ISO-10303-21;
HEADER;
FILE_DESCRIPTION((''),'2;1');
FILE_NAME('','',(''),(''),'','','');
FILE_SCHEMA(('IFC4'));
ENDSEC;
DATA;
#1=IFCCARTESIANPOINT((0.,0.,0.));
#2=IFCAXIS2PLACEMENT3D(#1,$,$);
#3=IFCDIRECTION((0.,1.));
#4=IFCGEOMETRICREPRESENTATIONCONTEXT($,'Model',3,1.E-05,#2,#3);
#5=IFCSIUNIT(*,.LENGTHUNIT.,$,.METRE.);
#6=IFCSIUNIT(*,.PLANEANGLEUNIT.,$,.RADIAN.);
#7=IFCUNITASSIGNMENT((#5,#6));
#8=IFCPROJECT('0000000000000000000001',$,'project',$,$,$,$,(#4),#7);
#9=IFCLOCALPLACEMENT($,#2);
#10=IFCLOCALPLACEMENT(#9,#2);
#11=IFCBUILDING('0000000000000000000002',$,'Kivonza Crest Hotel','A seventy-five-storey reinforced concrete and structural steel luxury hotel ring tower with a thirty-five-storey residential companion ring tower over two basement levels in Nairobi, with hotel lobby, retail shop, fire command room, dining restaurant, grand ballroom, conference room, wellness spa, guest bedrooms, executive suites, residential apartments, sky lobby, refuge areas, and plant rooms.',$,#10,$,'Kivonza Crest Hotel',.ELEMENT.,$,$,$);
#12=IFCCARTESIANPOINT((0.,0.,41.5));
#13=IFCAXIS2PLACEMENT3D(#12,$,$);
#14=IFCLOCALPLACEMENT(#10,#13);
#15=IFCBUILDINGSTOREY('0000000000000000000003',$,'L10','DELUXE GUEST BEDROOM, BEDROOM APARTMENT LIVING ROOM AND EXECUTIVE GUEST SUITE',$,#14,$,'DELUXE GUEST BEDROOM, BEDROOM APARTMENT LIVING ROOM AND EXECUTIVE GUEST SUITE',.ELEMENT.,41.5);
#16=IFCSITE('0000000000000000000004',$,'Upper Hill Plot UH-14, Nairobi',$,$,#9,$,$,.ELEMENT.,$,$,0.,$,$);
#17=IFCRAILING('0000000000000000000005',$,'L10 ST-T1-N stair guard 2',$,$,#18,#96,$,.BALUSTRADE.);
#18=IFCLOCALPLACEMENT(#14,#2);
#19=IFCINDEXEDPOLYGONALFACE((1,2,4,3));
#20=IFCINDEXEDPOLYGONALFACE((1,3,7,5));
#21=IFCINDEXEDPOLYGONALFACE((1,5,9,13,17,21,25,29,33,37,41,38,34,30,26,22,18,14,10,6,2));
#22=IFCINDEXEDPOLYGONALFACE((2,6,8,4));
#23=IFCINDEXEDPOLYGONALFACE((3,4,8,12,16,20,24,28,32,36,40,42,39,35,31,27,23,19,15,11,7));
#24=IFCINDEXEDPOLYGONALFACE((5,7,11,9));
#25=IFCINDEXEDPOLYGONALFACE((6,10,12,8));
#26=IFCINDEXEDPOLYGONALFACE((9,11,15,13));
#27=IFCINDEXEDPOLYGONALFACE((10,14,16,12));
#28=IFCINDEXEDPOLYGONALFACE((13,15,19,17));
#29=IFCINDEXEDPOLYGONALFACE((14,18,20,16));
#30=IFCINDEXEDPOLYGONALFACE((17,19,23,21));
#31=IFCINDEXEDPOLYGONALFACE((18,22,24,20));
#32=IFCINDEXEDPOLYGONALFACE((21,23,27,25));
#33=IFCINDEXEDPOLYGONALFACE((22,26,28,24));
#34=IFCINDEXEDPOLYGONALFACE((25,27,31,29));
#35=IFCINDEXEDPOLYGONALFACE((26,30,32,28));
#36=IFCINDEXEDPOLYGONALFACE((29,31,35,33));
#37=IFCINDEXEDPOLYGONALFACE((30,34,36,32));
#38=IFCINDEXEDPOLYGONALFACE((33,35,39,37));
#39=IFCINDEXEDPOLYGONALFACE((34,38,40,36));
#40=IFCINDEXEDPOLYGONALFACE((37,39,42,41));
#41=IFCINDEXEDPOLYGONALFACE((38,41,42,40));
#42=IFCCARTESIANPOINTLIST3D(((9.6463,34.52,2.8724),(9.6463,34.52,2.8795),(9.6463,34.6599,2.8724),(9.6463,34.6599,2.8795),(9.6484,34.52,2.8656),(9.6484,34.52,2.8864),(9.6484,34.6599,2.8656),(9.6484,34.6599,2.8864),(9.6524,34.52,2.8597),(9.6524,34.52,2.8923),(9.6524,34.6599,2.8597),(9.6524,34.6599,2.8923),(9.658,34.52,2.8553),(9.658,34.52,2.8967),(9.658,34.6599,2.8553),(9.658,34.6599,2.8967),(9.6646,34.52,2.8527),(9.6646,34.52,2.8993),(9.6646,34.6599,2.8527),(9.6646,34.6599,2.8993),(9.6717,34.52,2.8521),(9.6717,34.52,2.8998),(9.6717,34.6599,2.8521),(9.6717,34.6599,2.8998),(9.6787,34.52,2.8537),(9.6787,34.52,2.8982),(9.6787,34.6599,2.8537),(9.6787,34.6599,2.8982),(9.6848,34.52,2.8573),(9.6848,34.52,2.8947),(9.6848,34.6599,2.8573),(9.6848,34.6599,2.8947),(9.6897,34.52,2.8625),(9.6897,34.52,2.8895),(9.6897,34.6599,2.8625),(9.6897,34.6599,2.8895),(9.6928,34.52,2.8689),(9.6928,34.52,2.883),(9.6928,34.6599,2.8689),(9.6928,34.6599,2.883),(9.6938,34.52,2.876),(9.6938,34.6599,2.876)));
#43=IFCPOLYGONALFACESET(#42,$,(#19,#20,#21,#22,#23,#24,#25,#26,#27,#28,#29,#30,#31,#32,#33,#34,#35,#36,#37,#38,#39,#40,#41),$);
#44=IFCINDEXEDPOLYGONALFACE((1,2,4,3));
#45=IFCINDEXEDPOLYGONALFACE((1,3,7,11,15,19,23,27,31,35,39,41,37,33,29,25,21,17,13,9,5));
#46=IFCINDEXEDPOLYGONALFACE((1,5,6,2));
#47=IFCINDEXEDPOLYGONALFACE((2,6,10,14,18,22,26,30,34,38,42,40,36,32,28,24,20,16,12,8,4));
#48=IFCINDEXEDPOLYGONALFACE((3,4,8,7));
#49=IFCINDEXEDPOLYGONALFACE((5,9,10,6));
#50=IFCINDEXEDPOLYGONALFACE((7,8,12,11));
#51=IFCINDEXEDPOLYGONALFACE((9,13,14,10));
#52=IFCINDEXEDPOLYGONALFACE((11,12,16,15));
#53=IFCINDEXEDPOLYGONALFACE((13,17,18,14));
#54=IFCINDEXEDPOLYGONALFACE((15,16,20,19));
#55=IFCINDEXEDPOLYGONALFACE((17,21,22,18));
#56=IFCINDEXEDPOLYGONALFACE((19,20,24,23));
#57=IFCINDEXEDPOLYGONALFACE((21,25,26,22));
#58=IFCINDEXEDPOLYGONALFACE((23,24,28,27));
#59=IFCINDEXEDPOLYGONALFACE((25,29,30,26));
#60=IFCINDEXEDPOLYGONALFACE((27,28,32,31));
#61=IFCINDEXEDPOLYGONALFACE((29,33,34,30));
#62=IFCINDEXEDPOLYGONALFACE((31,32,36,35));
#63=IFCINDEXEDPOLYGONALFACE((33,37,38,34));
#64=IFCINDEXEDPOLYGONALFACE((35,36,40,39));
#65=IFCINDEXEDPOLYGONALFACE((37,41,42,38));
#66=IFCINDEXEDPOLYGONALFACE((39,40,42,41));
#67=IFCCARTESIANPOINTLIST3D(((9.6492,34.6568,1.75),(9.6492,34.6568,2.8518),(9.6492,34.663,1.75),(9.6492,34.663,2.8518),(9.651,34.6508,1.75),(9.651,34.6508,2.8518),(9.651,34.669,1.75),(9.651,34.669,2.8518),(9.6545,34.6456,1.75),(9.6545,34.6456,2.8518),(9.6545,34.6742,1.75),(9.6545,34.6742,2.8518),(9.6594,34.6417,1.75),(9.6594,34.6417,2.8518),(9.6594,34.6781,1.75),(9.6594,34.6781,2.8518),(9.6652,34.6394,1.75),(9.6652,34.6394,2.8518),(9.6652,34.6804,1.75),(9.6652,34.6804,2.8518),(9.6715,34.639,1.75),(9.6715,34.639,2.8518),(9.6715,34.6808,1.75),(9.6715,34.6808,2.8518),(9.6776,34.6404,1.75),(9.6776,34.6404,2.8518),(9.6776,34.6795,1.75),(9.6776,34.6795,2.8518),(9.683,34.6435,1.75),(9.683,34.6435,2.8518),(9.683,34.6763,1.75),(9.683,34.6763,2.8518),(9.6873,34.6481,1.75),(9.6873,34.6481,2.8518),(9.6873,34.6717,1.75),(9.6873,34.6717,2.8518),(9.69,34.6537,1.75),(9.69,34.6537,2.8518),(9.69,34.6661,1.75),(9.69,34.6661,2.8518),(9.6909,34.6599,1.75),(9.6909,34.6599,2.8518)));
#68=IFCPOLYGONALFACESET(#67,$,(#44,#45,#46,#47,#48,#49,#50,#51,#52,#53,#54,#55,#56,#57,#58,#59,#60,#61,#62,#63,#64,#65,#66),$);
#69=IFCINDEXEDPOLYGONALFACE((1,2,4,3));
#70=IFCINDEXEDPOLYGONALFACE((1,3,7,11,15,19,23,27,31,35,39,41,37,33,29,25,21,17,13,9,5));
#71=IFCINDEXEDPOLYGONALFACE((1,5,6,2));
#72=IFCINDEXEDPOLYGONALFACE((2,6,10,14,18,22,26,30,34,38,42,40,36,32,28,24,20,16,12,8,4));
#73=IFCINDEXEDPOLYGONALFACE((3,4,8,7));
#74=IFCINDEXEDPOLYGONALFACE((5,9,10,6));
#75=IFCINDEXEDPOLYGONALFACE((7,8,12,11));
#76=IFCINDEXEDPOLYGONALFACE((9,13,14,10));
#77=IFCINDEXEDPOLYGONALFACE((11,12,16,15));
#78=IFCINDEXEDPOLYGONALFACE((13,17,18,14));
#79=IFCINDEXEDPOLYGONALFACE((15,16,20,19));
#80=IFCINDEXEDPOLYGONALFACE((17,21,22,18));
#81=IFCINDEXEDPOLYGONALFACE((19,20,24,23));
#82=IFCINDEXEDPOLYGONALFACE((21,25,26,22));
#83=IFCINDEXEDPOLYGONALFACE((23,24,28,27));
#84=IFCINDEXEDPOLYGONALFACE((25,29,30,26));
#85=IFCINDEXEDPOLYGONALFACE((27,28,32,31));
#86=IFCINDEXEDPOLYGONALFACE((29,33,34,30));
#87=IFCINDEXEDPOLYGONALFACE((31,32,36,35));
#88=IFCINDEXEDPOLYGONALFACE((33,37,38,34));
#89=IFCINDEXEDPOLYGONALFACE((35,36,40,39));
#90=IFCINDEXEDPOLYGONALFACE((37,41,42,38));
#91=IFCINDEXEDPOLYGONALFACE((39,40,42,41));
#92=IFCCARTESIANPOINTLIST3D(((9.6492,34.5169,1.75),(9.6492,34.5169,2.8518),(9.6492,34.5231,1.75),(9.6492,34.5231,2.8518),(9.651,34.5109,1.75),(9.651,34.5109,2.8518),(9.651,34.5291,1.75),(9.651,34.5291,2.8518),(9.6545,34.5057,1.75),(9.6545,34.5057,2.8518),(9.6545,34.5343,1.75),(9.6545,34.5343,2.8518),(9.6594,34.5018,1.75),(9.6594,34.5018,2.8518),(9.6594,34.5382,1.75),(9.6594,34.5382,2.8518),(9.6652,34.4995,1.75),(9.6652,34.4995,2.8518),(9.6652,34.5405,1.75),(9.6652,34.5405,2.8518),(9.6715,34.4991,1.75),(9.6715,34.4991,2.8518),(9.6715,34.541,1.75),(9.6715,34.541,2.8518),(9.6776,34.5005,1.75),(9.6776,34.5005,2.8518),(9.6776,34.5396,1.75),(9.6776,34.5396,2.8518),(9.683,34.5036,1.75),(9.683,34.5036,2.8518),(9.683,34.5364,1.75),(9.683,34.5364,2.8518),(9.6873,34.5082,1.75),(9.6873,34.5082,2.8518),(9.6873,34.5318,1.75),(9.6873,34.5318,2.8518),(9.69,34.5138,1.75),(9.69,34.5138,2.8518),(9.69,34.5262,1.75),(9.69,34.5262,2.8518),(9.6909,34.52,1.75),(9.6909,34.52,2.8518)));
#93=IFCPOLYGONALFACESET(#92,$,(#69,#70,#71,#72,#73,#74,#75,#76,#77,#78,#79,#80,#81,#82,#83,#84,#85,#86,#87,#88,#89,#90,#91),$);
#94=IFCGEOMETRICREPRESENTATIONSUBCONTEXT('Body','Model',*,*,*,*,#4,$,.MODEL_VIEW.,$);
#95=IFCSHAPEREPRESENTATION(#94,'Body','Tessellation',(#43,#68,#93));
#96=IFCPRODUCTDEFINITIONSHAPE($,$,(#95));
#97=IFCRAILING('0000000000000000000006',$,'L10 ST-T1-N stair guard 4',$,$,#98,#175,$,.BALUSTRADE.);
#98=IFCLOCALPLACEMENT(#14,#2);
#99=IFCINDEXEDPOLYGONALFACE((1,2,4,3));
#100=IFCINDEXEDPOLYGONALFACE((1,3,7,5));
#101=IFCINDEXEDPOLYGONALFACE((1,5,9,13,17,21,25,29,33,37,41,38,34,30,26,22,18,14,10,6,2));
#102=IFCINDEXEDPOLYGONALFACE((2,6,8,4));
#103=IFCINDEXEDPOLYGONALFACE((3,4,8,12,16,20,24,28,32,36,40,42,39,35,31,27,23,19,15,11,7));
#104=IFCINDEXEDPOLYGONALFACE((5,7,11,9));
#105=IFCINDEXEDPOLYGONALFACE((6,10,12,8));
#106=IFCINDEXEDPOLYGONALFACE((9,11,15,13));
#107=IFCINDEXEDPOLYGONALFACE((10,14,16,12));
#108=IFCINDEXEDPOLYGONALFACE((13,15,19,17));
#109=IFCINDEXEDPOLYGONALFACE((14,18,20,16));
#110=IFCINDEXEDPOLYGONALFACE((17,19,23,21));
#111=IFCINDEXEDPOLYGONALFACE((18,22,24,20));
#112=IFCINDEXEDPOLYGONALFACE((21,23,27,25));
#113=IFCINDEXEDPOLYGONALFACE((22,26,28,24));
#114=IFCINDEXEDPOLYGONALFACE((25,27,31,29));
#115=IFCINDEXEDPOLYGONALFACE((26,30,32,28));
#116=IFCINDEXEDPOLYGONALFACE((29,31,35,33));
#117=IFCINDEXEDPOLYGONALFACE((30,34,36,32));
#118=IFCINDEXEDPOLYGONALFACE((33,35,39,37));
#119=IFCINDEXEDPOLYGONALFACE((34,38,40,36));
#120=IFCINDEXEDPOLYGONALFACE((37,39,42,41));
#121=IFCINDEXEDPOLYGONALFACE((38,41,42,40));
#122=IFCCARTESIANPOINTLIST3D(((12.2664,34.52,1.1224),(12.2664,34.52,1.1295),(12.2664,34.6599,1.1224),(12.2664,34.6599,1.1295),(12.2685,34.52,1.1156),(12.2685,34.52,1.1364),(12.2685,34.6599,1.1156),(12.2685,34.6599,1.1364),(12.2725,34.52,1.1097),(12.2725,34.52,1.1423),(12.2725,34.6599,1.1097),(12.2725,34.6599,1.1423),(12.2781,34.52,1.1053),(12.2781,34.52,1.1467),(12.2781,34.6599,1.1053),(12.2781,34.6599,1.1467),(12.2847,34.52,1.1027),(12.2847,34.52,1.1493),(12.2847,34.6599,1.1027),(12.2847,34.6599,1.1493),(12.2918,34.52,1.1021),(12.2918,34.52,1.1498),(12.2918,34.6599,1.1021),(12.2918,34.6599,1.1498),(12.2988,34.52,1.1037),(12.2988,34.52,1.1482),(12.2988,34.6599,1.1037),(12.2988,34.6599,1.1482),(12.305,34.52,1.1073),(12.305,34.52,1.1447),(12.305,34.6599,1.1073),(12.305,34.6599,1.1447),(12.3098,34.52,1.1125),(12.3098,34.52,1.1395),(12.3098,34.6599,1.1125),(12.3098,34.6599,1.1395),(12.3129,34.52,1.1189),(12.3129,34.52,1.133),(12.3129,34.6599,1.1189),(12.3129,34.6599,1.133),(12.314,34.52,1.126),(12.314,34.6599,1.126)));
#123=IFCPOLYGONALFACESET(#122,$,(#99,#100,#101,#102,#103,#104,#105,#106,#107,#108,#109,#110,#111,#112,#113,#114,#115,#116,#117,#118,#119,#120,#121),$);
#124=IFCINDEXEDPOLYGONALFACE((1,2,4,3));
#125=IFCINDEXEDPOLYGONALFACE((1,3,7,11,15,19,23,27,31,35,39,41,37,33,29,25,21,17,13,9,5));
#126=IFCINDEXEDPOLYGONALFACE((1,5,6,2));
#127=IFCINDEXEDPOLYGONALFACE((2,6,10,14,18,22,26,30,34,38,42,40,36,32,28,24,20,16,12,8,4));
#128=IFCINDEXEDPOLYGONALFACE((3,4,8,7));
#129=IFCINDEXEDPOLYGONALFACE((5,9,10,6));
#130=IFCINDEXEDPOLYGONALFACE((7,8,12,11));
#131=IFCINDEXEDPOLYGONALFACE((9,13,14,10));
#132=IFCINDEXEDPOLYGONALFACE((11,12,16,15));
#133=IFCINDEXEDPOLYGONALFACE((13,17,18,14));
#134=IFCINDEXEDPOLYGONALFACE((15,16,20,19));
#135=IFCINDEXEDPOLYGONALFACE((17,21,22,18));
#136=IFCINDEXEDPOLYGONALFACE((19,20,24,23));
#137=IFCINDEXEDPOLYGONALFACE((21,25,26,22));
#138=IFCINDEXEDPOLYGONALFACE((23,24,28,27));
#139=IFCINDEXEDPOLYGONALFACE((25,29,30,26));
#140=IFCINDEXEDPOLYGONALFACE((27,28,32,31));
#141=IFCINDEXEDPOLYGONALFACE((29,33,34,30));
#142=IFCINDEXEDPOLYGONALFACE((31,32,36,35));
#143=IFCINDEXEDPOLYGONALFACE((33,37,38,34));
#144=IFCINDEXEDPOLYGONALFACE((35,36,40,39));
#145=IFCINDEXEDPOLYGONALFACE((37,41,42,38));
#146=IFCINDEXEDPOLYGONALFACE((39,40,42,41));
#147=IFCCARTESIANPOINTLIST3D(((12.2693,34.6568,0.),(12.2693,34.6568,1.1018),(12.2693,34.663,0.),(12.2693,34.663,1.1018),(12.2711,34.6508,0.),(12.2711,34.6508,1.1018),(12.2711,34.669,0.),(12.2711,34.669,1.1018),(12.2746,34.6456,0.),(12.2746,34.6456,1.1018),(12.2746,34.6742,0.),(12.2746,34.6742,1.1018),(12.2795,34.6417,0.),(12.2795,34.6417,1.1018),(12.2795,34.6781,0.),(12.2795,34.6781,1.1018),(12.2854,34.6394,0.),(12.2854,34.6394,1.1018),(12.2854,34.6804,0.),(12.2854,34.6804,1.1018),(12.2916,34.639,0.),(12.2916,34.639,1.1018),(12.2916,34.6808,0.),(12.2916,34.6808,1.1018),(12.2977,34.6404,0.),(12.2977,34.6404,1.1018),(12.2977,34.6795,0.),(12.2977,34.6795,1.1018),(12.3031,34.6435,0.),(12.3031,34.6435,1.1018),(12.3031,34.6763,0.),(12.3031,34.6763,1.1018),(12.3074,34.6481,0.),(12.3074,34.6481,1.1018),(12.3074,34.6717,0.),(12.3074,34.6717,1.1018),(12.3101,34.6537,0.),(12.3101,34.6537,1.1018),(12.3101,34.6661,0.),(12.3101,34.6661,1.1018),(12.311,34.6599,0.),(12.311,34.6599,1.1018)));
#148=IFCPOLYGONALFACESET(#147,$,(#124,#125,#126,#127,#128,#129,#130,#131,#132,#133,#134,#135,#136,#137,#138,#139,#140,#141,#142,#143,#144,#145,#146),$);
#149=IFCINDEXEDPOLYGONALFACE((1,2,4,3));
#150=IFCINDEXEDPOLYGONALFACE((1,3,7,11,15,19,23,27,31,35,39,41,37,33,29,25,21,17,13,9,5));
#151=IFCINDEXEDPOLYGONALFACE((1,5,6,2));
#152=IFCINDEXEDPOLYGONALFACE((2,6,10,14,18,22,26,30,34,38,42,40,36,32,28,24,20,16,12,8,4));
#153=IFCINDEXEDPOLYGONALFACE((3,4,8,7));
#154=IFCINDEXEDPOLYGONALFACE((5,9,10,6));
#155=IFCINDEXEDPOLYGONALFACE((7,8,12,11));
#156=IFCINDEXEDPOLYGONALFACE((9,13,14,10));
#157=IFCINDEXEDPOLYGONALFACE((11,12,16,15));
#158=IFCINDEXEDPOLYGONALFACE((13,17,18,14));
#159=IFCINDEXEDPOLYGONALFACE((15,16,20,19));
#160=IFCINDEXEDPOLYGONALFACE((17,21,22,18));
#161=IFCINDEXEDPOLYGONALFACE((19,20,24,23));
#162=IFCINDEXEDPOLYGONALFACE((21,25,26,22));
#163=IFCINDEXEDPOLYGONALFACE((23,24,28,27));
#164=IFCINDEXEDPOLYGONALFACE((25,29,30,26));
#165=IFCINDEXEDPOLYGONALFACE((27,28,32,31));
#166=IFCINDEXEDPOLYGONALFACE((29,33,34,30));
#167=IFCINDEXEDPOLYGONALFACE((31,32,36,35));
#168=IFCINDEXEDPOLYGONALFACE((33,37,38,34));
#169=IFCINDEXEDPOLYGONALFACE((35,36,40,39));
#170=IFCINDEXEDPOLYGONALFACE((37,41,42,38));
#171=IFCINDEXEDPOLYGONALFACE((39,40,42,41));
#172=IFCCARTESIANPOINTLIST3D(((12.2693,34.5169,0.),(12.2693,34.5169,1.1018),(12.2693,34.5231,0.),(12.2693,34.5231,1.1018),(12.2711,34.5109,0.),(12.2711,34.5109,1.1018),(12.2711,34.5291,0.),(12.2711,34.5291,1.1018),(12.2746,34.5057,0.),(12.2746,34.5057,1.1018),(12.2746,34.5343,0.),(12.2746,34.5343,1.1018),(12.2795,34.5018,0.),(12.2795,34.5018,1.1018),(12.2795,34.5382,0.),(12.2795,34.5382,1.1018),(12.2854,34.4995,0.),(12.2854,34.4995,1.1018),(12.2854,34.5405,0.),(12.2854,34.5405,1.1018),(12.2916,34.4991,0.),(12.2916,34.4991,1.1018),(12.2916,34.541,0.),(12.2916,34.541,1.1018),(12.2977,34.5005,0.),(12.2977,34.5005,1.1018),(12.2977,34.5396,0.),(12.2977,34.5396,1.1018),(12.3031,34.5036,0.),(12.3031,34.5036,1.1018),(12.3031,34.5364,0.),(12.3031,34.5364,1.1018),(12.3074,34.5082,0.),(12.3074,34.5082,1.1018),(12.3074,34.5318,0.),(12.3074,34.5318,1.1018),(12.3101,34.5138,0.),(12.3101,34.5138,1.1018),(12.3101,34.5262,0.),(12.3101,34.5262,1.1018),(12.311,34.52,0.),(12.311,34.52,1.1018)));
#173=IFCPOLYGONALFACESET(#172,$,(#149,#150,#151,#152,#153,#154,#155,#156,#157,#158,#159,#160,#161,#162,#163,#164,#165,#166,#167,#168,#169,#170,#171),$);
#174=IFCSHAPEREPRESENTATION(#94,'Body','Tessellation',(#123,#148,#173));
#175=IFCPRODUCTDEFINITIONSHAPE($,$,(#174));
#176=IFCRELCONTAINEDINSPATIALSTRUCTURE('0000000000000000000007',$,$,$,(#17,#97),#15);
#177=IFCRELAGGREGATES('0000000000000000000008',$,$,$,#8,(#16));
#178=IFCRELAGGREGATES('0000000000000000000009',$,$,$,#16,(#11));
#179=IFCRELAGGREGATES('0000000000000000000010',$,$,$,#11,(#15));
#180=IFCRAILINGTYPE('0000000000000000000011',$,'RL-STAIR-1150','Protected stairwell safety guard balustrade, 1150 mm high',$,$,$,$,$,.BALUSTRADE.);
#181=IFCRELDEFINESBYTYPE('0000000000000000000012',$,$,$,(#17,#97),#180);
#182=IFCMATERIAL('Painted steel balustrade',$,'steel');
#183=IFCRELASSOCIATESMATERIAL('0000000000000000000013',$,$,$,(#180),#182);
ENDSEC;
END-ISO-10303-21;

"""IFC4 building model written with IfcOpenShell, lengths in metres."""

from ifc_helpers import new_model, si_unit, direction, frame, origin, origin_2d, place, context, subcontext, project, spatial, circle, extrude, material, type_object, element, save


model = new_model("IFC4")

# Units and contexts
model_context = context("Model", 3, precision=1e-05, world=origin(), true_north=direction((0.0, 1.0)))
body_context = subcontext(model_context, "Body", "Model", "MODEL_VIEW")
ifc_project = project(units=[si_unit("LENGTHUNIT", "METRE"), si_unit("PLANEANGLEUNIT", "RADIAN")], contexts=[model_context])

# Site, building, storey
site_placement = place(None, origin())
site = spatial("IfcSite", under=ifc_project, at=site_placement, Name="Upper Hill Plot UH-14, Nairobi", CompositionType="ELEMENT", RefElevation=0.0)
building_placement = place(site_placement, origin())
building = spatial("IfcBuilding", under=site, at=building_placement, Name="Kivonza Crest Hotel", Description="A seventy-five-storey reinforced concrete and structural steel luxury hotel ring tower with a thirty-five-storey residential companion ring tower over two basement levels in Nairobi, with hotel lobby, retail shop, fire command room, dining restaurant, grand ballroom, conference room, wellness spa, guest bedrooms, executive suites, residential apartments, sky lobby, refuge areas, and plant rooms.", LongName="Kivonza Crest Hotel", CompositionType="ELEMENT")
storey_placement = place(building_placement, frame((0.0, 0.0, 41.5)))
storey = spatial("IfcBuildingStorey", under=building, at=storey_placement, Name="L10", Description="DELUXE GUEST BEDROOM, BEDROOM APARTMENT LIVING ROOM AND EXECUTIVE GUEST SUITE", LongName="DELUXE GUEST BEDROOM, BEDROOM APARTMENT LIVING ROOM AND EXECUTIVE GUEST SUITE", CompositionType="ELEMENT", Elevation=41.5)

# Railings
ifc_material_1 = material(Name="Painted steel balustrade", Category="steel")
railing_type_1 = type_object("IfcRailingType", Name="RL-STAIR-1150", Description="Protected stairwell safety guard balustrade, 1150 mm high", PredefinedType="BALUSTRADE", material=ifc_material_1)
for number, where, name in (
    (1, (9.6699, 34.6599, 1.75), "L10 ST-T1-N stair guard 2"),
    (2, (12.29, 34.6599, 0.0), "L10 ST-T1-N stair guard 4"),
):
    element("IfcRailing", number, at=place(storey_placement, frame(where)), inside=storey, type_object=railing_type_1, Name=name, PredefinedType="BALUSTRADE", context=body_context, shape_type="SweptSolid", body=[
        extrude(circle(Radius=0.0239, at=origin_2d()), frame((0.0, 0.0, 1.126), z_axis=(0.0, -1.0, 0.0), x_axis=(1.0, 0.0, 0.0)), (0.0, 0.0, 1.0), 0.1399),
        extrude(circle(Radius=0.021, at=origin_2d()), origin(), (0.0, 0.0, 1.0), 1.1018),
        extrude(circle(Radius=0.021, at=origin_2d()), frame((0.0, -0.1399, 0.0)), (0.0, 0.0, 1.0), 1.1018),
    ])

save(model, "model.ifc")
